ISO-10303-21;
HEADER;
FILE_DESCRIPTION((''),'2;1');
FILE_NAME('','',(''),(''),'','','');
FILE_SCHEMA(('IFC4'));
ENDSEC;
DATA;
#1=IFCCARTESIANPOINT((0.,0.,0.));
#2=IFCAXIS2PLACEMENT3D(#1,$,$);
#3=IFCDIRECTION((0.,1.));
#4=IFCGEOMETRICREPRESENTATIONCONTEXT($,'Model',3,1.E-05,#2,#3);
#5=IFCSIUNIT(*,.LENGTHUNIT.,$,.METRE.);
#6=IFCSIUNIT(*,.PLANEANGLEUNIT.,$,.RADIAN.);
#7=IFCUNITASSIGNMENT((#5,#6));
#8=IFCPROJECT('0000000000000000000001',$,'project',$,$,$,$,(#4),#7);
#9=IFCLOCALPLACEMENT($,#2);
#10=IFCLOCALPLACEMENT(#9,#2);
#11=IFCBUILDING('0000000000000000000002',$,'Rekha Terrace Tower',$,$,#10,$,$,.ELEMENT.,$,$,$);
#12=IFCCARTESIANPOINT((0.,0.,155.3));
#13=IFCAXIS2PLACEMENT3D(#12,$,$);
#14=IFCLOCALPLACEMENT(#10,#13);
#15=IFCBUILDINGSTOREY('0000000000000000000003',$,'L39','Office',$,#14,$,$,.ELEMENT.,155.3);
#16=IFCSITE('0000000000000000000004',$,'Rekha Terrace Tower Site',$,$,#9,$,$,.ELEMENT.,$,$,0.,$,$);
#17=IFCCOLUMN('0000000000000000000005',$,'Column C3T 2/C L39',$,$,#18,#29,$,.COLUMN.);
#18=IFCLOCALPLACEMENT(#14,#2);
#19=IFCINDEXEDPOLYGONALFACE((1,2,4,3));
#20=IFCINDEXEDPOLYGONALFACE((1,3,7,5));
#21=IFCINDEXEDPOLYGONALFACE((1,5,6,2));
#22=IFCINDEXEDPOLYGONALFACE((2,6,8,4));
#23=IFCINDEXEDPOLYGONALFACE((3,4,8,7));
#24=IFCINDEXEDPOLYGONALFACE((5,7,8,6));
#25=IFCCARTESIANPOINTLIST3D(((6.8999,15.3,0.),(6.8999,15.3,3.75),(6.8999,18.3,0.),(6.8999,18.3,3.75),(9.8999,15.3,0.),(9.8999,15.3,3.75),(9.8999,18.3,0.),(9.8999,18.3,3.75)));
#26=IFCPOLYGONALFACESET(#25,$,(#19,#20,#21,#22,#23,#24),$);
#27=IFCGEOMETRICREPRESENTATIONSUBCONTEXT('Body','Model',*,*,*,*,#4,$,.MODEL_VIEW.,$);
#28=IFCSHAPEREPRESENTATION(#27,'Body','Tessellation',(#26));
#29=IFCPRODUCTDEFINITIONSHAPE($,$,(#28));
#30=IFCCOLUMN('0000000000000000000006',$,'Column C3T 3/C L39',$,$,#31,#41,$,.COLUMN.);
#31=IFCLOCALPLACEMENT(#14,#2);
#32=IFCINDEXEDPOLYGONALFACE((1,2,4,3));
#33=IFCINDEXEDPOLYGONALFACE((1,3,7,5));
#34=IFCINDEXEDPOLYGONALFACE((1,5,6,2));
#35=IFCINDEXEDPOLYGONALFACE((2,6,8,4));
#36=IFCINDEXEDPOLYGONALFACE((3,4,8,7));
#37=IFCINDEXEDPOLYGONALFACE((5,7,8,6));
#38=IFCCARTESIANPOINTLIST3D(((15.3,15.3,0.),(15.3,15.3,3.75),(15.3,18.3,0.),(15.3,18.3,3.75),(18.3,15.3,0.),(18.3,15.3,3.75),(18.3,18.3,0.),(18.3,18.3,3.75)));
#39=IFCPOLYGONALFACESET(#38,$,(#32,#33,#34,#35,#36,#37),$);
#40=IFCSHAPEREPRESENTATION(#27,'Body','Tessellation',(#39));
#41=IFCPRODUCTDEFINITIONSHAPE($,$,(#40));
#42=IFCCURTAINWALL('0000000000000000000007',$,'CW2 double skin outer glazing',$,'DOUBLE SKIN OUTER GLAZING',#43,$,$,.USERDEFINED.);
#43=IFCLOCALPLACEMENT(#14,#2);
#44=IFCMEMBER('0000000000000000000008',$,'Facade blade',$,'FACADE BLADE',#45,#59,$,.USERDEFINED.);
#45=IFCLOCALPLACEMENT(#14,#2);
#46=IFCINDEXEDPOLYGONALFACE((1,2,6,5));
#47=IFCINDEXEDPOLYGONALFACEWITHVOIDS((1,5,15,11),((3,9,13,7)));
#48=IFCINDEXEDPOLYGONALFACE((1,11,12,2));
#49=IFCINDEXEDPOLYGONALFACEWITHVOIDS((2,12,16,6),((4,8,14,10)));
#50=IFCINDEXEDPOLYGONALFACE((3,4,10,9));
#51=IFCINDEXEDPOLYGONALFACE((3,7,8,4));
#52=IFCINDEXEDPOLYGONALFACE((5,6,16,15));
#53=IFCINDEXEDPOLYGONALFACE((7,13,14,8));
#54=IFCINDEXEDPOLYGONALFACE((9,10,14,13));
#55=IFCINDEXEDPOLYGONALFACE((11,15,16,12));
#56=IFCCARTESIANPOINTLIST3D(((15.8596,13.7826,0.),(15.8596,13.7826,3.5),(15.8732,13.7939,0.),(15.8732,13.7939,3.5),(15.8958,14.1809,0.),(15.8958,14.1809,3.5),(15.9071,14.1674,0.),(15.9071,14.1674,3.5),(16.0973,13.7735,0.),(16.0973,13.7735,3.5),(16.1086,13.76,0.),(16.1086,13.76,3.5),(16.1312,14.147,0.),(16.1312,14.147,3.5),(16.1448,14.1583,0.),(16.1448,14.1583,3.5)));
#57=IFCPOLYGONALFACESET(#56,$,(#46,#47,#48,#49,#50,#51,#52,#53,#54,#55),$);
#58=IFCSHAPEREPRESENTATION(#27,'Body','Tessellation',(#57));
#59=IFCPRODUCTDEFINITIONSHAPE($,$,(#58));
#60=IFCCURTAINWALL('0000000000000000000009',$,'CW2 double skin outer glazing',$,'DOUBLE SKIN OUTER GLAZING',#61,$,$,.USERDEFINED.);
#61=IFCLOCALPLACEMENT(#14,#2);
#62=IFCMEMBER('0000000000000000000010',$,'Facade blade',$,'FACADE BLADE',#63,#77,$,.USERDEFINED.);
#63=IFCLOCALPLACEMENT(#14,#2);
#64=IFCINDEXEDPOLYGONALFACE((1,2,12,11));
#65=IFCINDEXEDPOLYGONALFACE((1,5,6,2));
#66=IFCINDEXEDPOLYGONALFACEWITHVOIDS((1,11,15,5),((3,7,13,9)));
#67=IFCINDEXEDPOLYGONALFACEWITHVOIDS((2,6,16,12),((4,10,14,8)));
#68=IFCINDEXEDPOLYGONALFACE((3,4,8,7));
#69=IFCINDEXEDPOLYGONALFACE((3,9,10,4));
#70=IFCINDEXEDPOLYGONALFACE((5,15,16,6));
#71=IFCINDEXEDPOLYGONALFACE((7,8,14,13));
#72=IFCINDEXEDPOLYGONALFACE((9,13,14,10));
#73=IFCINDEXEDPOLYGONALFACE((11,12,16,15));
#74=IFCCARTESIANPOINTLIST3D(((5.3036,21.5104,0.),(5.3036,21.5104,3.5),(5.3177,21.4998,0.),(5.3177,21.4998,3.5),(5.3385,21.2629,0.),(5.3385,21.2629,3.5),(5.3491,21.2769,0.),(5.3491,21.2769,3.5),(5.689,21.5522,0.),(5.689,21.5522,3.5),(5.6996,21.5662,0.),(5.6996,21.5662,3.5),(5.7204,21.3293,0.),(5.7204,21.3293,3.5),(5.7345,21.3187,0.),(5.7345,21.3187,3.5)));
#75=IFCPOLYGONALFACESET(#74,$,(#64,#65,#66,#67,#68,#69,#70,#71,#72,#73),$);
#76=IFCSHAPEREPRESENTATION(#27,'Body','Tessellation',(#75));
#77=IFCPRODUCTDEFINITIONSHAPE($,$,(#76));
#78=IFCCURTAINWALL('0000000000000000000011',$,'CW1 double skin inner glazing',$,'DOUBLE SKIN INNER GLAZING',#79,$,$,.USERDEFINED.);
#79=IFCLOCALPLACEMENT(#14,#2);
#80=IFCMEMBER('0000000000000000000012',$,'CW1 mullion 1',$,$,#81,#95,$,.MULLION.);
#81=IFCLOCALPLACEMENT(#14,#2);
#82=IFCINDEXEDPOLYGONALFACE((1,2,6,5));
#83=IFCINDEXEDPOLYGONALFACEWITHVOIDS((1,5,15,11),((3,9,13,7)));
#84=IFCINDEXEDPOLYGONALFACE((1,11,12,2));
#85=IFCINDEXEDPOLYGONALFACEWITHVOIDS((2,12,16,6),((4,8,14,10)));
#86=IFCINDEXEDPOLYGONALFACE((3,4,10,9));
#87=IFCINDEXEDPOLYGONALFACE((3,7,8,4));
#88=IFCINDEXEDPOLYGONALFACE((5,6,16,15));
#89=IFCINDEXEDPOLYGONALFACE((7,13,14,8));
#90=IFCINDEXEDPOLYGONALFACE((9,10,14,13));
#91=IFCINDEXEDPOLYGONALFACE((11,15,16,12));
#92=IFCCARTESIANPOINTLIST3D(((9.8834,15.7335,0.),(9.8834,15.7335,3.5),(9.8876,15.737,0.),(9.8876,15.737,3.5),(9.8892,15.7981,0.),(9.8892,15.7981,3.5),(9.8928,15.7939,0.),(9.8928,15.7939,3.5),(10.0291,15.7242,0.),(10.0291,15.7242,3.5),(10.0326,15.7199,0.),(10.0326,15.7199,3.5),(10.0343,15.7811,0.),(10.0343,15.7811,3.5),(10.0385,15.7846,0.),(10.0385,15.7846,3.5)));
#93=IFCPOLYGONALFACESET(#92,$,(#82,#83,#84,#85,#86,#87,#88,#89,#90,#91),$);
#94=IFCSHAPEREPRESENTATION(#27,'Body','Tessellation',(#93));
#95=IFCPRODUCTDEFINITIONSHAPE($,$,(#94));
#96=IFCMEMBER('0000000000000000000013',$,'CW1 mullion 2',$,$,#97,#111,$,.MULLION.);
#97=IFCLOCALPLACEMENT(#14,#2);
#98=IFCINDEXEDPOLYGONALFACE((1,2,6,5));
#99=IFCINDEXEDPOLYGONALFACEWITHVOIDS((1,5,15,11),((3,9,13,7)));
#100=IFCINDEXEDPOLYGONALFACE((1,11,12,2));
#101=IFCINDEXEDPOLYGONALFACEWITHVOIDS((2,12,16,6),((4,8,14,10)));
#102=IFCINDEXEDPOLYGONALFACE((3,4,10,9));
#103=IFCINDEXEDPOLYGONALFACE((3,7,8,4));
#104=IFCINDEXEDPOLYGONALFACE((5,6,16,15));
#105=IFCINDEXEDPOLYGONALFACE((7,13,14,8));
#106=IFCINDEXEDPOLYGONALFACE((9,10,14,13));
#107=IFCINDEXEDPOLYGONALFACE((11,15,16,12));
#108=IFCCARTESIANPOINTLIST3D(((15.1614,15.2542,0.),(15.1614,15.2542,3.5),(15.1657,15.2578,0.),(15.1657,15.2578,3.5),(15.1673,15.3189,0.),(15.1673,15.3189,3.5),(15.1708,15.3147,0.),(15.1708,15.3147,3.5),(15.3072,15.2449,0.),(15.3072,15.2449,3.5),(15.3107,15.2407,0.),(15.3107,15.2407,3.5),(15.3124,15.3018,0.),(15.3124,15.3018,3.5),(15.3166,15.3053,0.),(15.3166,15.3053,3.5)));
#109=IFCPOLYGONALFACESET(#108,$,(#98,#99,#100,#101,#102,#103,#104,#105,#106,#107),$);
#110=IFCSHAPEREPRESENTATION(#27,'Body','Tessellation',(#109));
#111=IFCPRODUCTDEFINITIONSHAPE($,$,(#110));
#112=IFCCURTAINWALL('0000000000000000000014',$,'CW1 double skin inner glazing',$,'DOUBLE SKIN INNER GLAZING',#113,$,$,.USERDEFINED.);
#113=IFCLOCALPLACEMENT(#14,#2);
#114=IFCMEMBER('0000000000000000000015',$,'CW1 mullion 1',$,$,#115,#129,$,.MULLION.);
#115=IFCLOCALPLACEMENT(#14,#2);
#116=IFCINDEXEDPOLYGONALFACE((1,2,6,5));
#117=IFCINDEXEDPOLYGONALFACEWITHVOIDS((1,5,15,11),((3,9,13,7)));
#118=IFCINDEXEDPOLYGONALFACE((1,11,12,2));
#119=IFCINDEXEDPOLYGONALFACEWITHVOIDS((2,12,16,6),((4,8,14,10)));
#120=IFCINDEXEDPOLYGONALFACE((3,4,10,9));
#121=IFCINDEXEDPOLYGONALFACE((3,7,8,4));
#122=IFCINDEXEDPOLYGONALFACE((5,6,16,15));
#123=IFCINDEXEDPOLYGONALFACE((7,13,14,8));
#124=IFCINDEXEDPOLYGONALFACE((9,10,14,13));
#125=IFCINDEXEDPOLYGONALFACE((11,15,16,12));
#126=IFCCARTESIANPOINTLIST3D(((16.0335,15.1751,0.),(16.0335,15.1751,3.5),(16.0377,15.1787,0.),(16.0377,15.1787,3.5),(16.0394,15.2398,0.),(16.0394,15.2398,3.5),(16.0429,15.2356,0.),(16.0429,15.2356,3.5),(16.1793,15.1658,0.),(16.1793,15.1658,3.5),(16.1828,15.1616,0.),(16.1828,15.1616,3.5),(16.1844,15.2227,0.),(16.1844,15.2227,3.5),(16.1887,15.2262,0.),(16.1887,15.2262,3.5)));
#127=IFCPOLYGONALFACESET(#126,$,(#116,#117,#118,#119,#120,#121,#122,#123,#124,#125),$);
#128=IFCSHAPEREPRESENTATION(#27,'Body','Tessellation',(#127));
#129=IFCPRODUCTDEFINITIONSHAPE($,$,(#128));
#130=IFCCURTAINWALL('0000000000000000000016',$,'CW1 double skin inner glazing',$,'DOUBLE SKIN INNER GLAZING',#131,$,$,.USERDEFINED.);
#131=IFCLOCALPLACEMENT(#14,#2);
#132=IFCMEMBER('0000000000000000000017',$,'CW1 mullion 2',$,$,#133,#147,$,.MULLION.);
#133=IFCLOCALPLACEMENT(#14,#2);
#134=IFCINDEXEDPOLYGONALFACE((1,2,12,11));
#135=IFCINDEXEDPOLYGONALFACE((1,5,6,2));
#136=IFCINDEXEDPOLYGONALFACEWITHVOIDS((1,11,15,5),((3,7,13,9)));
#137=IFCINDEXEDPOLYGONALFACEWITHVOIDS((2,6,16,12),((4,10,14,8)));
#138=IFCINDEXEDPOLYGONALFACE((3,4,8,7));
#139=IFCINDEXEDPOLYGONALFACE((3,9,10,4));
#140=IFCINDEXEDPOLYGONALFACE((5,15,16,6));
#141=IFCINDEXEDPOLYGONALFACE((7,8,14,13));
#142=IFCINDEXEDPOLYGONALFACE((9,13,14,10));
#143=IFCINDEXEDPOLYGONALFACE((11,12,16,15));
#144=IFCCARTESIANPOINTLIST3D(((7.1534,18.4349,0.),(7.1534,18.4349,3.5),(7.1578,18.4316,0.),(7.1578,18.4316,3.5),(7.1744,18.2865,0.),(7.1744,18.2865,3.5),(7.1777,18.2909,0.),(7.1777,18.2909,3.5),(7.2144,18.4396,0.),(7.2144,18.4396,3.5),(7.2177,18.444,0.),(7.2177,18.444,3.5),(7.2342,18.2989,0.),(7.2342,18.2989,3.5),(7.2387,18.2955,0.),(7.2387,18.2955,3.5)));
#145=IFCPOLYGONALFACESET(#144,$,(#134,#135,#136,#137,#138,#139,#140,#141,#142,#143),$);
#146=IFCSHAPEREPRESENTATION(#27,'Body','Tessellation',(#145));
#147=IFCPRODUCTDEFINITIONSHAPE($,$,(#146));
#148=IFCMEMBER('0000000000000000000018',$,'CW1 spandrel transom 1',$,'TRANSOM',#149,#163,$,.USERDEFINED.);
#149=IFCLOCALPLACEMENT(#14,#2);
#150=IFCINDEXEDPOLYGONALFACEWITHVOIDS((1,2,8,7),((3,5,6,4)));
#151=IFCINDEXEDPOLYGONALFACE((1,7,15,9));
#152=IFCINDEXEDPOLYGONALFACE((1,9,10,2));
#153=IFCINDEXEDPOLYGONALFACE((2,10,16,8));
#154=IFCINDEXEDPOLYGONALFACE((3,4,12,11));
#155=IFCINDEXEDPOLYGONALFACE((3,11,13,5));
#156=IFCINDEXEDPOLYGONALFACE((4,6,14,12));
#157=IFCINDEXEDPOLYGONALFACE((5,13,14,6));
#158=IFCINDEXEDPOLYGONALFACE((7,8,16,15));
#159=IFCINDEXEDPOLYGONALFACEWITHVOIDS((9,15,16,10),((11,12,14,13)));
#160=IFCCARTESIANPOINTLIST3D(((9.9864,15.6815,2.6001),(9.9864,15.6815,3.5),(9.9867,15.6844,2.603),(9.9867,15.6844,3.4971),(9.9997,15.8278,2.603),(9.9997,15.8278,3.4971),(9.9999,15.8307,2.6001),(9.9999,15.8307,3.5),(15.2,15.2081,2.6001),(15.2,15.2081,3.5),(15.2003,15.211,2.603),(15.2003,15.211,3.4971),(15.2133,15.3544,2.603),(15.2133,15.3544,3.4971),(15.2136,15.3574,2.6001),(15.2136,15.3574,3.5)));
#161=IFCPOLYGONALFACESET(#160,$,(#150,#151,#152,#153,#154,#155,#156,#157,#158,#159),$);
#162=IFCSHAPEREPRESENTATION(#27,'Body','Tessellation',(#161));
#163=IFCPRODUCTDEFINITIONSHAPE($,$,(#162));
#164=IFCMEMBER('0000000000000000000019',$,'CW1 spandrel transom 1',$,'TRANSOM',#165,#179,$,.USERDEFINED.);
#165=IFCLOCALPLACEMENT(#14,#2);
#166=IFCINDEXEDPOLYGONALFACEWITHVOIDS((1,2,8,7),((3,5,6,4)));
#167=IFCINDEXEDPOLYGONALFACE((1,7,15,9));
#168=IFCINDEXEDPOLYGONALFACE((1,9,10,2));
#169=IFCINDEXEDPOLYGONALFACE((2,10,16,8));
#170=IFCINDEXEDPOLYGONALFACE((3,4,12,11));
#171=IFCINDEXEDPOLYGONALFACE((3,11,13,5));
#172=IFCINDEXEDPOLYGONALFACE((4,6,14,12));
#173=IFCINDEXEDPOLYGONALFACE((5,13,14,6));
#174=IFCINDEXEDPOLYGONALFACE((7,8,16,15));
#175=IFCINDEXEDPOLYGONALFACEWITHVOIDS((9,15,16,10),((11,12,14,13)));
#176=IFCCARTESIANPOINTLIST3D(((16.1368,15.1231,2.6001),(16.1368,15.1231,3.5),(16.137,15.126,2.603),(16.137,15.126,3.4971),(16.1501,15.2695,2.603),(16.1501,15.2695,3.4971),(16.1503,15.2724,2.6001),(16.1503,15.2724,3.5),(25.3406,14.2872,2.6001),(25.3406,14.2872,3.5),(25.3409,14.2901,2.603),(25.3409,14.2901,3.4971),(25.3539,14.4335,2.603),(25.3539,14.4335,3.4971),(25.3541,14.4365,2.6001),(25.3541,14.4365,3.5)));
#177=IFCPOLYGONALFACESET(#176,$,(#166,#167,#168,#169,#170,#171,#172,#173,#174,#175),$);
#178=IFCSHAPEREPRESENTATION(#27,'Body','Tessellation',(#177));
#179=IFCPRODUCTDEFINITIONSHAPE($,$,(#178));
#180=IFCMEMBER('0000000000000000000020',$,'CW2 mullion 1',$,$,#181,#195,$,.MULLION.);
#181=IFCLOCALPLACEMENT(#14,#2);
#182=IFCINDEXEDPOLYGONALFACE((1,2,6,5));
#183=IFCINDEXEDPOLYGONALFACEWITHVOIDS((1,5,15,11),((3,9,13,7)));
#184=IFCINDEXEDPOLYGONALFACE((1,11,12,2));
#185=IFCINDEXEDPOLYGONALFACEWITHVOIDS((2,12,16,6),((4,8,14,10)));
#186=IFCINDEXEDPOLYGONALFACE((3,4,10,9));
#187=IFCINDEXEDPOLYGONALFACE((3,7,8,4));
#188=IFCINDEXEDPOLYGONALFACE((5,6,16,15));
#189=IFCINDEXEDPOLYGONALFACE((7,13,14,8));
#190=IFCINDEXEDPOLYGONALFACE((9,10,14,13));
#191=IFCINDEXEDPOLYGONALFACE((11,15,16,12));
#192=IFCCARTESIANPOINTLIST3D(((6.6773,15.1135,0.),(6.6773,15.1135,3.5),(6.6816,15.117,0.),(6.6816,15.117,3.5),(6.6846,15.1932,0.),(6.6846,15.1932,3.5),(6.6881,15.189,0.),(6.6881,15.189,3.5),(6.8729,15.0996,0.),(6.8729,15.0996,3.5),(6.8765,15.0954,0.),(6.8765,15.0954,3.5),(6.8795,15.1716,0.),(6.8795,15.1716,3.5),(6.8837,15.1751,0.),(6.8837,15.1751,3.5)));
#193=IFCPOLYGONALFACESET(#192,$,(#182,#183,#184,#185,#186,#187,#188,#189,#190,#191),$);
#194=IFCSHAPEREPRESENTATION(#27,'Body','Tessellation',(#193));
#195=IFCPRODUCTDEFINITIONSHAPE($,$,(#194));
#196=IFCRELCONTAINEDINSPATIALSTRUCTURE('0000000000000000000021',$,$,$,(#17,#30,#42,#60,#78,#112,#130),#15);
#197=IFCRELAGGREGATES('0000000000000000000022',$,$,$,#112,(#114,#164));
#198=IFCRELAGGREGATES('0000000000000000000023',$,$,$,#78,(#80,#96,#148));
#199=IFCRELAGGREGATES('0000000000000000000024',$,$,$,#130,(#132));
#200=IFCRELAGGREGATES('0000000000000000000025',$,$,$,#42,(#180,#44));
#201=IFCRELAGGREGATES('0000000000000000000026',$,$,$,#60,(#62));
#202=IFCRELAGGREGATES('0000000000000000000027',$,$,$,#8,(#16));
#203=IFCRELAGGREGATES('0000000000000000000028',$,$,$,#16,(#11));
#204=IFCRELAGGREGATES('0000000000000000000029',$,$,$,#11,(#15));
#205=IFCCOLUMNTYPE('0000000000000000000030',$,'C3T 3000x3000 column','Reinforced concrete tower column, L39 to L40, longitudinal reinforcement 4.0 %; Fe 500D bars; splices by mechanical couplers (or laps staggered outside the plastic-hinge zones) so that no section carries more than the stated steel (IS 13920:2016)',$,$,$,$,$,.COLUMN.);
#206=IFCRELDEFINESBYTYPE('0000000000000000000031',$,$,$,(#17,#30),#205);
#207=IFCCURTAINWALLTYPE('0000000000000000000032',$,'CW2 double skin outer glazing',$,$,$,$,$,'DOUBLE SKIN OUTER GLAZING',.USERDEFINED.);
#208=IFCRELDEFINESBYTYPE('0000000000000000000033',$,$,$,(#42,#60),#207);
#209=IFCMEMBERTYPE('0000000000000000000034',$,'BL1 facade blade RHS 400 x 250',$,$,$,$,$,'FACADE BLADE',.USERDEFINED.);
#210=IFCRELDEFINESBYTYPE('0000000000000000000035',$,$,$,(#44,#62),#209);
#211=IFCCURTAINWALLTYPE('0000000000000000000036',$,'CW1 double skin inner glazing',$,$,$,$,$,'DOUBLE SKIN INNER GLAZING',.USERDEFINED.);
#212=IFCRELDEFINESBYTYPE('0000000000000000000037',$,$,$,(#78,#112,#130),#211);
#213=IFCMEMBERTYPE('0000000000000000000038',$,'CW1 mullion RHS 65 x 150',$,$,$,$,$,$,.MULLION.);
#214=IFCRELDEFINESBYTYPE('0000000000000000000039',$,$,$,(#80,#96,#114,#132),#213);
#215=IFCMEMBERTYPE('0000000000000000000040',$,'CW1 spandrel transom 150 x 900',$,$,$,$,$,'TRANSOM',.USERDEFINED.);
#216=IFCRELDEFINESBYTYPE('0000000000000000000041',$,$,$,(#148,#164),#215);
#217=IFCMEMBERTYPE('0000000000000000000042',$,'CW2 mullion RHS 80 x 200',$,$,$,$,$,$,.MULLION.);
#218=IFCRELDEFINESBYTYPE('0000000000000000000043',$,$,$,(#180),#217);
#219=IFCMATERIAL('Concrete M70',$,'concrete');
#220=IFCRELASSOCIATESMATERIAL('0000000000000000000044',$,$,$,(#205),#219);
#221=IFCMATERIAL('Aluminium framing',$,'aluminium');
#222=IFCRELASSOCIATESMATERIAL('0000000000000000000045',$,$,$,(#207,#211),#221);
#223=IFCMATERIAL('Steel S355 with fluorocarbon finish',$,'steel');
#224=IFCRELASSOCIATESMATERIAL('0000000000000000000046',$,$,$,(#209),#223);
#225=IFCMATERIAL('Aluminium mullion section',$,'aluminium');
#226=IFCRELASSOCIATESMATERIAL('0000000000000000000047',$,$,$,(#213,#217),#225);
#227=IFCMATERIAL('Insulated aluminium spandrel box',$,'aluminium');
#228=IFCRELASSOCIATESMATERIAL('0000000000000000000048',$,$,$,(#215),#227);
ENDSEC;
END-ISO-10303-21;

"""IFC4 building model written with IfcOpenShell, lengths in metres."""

from ifc_helpers import new_model, si_unit, direction, frame, origin, origin_2d, place, context, subcontext, project, spatial, rectangle, hollow_rectangle, extrude, material, material_profile, profile_set, type_object, element, aggregate, save


model = new_model("IFC4")

# Units and contexts
model_context = context("Model", 3, precision=1e-05, world=origin(), true_north=direction((0.0, 1.0)))
body_context = subcontext(model_context, "Body", "Model", "MODEL_VIEW")
ifc_project = project(units=[si_unit("LENGTHUNIT", "METRE"), si_unit("PLANEANGLEUNIT", "RADIAN")], contexts=[model_context])

# Site, building, storey
site_placement = place(None, origin())
site = spatial("IfcSite", under=ifc_project, at=site_placement, Name="Rekha Terrace Tower Site", CompositionType="ELEMENT", RefElevation=0.0)
building_placement = place(site_placement, origin())
building = spatial("IfcBuilding", under=site, at=building_placement, Name="Rekha Terrace Tower", CompositionType="ELEMENT")
storey_placement = place(building_placement, frame((0.0, 0.0, 155.3)))
storey = spatial("IfcBuildingStorey", under=building, at=storey_placement, Name="L39", Description="Office", CompositionType="ELEMENT", Elevation=155.3)

# Columns
ifc_material_1 = material(Name="Concrete M70", Category="concrete")
ifc_material_profile_1 = material_profile(ifc_material_1, rectangle(XDim=3.0, YDim=3.0, at=origin_2d()), Name="RC 3000x3000")
ifc_profile_set_1 = profile_set([ifc_material_profile_1], Name="Concrete M70")
column_type = type_object("IfcColumnType", Name="C3T 3000x3000 column", Description="Reinforced concrete tower column, L39 to L40, longitudinal reinforcement 4.0 %; Fe 500D bars; splices by mechanical couplers (or laps staggered outside the plastic-hinge zones) so that no section carries more than the stated steel (IS 13920:2016)", PredefinedType="COLUMN", material=ifc_profile_set_1)
for number, where, z_axis, x_axis, name in (
    (1, (8.3999, 16.8, 0.0), (0.0, 0.0, 1.0), (1.0, 0.0, 0.0), "Column C3T 2/C L39"),
    (2, (16.8, 16.8, 0.0), (0.0, 0.0, 1.0), (1.0, 0.0, 0.0), "Column C3T 3/C L39"),
):
    element("IfcColumn", number, at=place(storey_placement, frame(where, z_axis=z_axis, x_axis=x_axis)), inside=storey, type_object=column_type, Name=name, PredefinedType="COLUMN", context=body_context, shape_type="SweptSolid", body=[
        extrude(rectangle(XDim=3.0, YDim=3.0, at=origin_2d()), origin(), (0.0, 0.0, 1.0), 3.75),
    ])

# Curtain walls, members
ifc_material_2 = material(Name="Aluminium framing", Category="aluminium")
curtain_wall_type_1 = type_object("IfcCurtainWallType", Name="CW2 double skin outer glazing", ElementType="DOUBLE SKIN OUTER GLAZING", PredefinedType="USERDEFINED", material=ifc_material_2)
curtain_wall_1_placement = place(storey_placement, origin())
curtain_wall_1 = element("IfcCurtainWall", 3, at=curtain_wall_1_placement, inside=storey, type_object=curtain_wall_type_1, Name="CW2 double skin outer glazing", ObjectType="DOUBLE SKIN OUTER GLAZING", PredefinedType="USERDEFINED")
ifc_material_3 = material(Name="Steel S355 with fluorocarbon finish", Category="steel")
ifc_material_profile_2 = material_profile(ifc_material_3, hollow_rectangle(XDim=0.25, YDim=0.3999, WallThickness=0.0125, at=origin_2d()), Name="RHS400x250x12.5")
ifc_profile_set_2 = profile_set([ifc_material_profile_2], Name="Steel S355 with fluorocarbon finish")
member_type_1 = type_object("IfcMemberType", Name="BL1 facade blade RHS 400 x 250", ElementType="FACADE BLADE", PredefinedType="USERDEFINED", material=ifc_profile_set_2)
member_1_placement = place(storey_placement, frame((16.0022, 13.9705, 0.0), z_axis=(0.0, 0.0, 1.0), x_axis=(0.995902, -0.09044, 0.0)))
member_1 = element("IfcMember", 4, at=member_1_placement, type_object=member_type_1, Name="Facade blade", ObjectType="FACADE BLADE", PredefinedType="USERDEFINED", context=body_context, shape_type="SweptSolid", body=[
    extrude(hollow_rectangle(XDim=0.25, YDim=0.3999, WallThickness=0.0125, at=origin_2d()), origin(), (0.0, 0.0, 1.0), 3.5),
])
curtain_wall_2_placement = place(storey_placement, origin())
curtain_wall_2 = element("IfcCurtainWall", 5, at=curtain_wall_2_placement, inside=storey, type_object=curtain_wall_type_1, Name="CW2 double skin outer glazing", ObjectType="DOUBLE SKIN OUTER GLAZING", PredefinedType="USERDEFINED")
member_2_placement = place(storey_placement, frame((5.519, 21.4146, 0.0), z_axis=(0.0, 0.0, 1.0), x_axis=(0.139597, -0.990208, 0.0)))
member_2 = element("IfcMember", 6, at=member_2_placement, type_object=member_type_1, Name="Facade blade", ObjectType="FACADE BLADE", PredefinedType="USERDEFINED", context=body_context, shape_type="SweptSolid", body=[
    extrude(hollow_rectangle(XDim=0.25, YDim=0.3999, WallThickness=0.0125, at=origin_2d()), origin(), (0.0, 0.0, 1.0), 3.5),
])

# Curtain wall, members
curtain_wall_type_2 = type_object("IfcCurtainWallType", Name="CW1 double skin inner glazing", ElementType="DOUBLE SKIN INNER GLAZING", PredefinedType="USERDEFINED", material=ifc_material_2)
curtain_wall_3_placement = place(storey_placement, origin())
curtain_wall_3 = element("IfcCurtainWall", 7, at=curtain_wall_3_placement, inside=storey, type_object=curtain_wall_type_2, Name="CW1 double skin inner glazing", ObjectType="DOUBLE SKIN INNER GLAZING", PredefinedType="USERDEFINED")
ifc_material_4 = material(Name="Aluminium mullion section", Category="aluminium")
ifc_material_profile_3 = material_profile(ifc_material_4, hollow_rectangle(XDim=0.0649, YDim=0.1499, WallThickness=0.0039, at=origin_2d()), Name="AL RHS 65x150")
ifc_profile_set_3 = profile_set([ifc_material_profile_3], Name="Aluminium mullion section")
member_type_2 = type_object("IfcMemberType", Name="CW1 mullion RHS 65 x 150", PredefinedType="MULLION", material=ifc_profile_set_3)
member_3_placement = place(storey_placement, frame((9.9609, 15.759, 0.0), z_axis=(0.0, 0.0, 1.0), x_axis=(0.09044, 0.995902, 0.0)))
member_3 = element("IfcMember", 8, at=member_3_placement, type_object=member_type_2, Name="CW1 mullion 1", PredefinedType="MULLION", context=body_context, shape_type="SweptSolid", body=[
    extrude(hollow_rectangle(XDim=0.0649, YDim=0.1499, WallThickness=0.0039, at=origin_2d()), origin(), (0.0, 0.0, 1.0), 3.5),
])
member_4_placement = place(storey_placement, frame((15.239, 15.2798, 0.0), z_axis=(0.0, 0.0, 1.0), x_axis=(0.09044, 0.995902, 0.0)))
member_4 = element("IfcMember", 9, at=member_4_placement, type_object=member_type_2, Name="CW1 mullion 2", PredefinedType="MULLION", context=body_context, shape_type="SweptSolid", body=[
    extrude(hollow_rectangle(XDim=0.0649, YDim=0.1499, WallThickness=0.0039, at=origin_2d()), origin(), (0.0, 0.0, 1.0), 3.5),
])

# Curtain walls, members
curtain_wall_4_placement = place(storey_placement, origin())
curtain_wall_4 = element("IfcCurtainWall", 10, at=curtain_wall_4_placement, inside=storey, type_object=curtain_wall_type_2, Name="CW1 double skin inner glazing", ObjectType="DOUBLE SKIN INNER GLAZING", PredefinedType="USERDEFINED")
member_5_placement = place(storey_placement, frame((16.1111, 15.2007, 0.0), z_axis=(0.0, 0.0, 1.0), x_axis=(0.09044, 0.995902, 0.0)))
member_5 = element("IfcMember", 11, at=member_5_placement, type_object=member_type_2, Name="CW1 mullion 1", PredefinedType="MULLION", context=body_context, shape_type="SweptSolid", body=[
    extrude(hollow_rectangle(XDim=0.0649, YDim=0.1499, WallThickness=0.0039, at=origin_2d()), origin(), (0.0, 0.0, 1.0), 3.5),
])
curtain_wall_5_placement = place(storey_placement, origin())
curtain_wall_5 = element("IfcCurtainWall", 12, at=curtain_wall_5_placement, inside=storey, type_object=curtain_wall_type_2, Name="CW1 double skin inner glazing", ObjectType="DOUBLE SKIN INNER GLAZING", PredefinedType="USERDEFINED")
member_6_placement = place(storey_placement, frame((7.196, 18.3652, 0.0), z_axis=(0.0, 0.0, 1.0), x_axis=(0.990208, 0.139597, 0.0)))
member_6 = element("IfcMember", 13, at=member_6_placement, type_object=member_type_2, Name="CW1 mullion 2", PredefinedType="MULLION", context=body_context, shape_type="SweptSolid", body=[
    extrude(hollow_rectangle(XDim=0.0649, YDim=0.1499, WallThickness=0.0039, at=origin_2d()), origin(), (0.0, 0.0, 1.0), 3.5),
])

# Members
ifc_material_5 = material(Name="Insulated aluminium spandrel box", Category="aluminium")
ifc_material_profile_4 = material_profile(ifc_material_5, hollow_rectangle(XDim=0.1499, YDim=0.8999, WallThickness=0.0029, at=origin_2d()), Name="AL SPANDREL BOX 150x900")
ifc_profile_set_4 = profile_set([ifc_material_profile_4], Name="Insulated aluminium spandrel box")
member_type_3 = type_object("IfcMemberType", Name="CW1 spandrel transom 150 x 900", ElementType="TRANSOM", PredefinedType="USERDEFINED", material=ifc_profile_set_4)
member_7_placement = place(storey_placement, frame((9.9932, 15.7561, 3.05), z_axis=(0.995903, -0.090426, 0.0), x_axis=(0.090426, 0.995903, 0.0)))
member_7 = element("IfcMember", 14, at=member_7_placement, type_object=member_type_3, Name="CW1 spandrel transom 1", ObjectType="TRANSOM", PredefinedType="USERDEFINED", context=body_context, shape_type="SweptSolid", body=[
    extrude(hollow_rectangle(XDim=0.1499, YDim=0.8999, WallThickness=0.0029, at=origin_2d()), origin(), (0.0, 0.0, 1.0), 5.2351),
])
member_8_placement = place(storey_placement, frame((16.1436, 15.1978, 3.05), z_axis=(0.995901, -0.090452, 0.0), x_axis=(0.090452, 0.995901, 0.0)))
member_8 = element("IfcMember", 15, at=member_8_placement, type_object=member_type_3, Name="CW1 spandrel transom 1", ObjectType="TRANSOM", PredefinedType="USERDEFINED", context=body_context, shape_type="SweptSolid", body=[
    extrude(hollow_rectangle(XDim=0.1499, YDim=0.8999, WallThickness=0.0029, at=origin_2d()), origin(), (0.0, 0.0, 1.0), 9.2417),
])
aggregate(curtain_wall_4, [member_5, member_8])
ifc_material_profile_5 = material_profile(ifc_material_4, hollow_rectangle(XDim=0.0801, YDim=0.2, WallThickness=0.0039, at=origin_2d()), Name="AL RHS 80x200")
ifc_profile_set_5 = profile_set([ifc_material_profile_5], Name="Aluminium mullion section")
member_type_4 = type_object("IfcMemberType", Name="CW2 mullion RHS 80 x 200", PredefinedType="MULLION", material=ifc_profile_set_5)
member_9_placement = place(storey_placement, frame((6.7805, 15.1443, 0.0), z_axis=(0.0, 0.0, 1.0), x_axis=(0.09044, 0.995902, 0.0)))
member_9 = element("IfcMember", 16, at=member_9_placement, type_object=member_type_4, Name="CW2 mullion 1", PredefinedType="MULLION", context=body_context, shape_type="SweptSolid", body=[
    extrude(hollow_rectangle(XDim=0.0801, YDim=0.2, WallThickness=0.0039, at=origin_2d()), origin(), (0.0, 0.0, 1.0), 3.5),
])

aggregate(curtain_wall_3, [member_3, member_4, member_7])
aggregate(curtain_wall_5, [member_6])
aggregate(curtain_wall_1, [member_9, member_1])
aggregate(curtain_wall_2, [member_2])

save(model, "model.ifc")
